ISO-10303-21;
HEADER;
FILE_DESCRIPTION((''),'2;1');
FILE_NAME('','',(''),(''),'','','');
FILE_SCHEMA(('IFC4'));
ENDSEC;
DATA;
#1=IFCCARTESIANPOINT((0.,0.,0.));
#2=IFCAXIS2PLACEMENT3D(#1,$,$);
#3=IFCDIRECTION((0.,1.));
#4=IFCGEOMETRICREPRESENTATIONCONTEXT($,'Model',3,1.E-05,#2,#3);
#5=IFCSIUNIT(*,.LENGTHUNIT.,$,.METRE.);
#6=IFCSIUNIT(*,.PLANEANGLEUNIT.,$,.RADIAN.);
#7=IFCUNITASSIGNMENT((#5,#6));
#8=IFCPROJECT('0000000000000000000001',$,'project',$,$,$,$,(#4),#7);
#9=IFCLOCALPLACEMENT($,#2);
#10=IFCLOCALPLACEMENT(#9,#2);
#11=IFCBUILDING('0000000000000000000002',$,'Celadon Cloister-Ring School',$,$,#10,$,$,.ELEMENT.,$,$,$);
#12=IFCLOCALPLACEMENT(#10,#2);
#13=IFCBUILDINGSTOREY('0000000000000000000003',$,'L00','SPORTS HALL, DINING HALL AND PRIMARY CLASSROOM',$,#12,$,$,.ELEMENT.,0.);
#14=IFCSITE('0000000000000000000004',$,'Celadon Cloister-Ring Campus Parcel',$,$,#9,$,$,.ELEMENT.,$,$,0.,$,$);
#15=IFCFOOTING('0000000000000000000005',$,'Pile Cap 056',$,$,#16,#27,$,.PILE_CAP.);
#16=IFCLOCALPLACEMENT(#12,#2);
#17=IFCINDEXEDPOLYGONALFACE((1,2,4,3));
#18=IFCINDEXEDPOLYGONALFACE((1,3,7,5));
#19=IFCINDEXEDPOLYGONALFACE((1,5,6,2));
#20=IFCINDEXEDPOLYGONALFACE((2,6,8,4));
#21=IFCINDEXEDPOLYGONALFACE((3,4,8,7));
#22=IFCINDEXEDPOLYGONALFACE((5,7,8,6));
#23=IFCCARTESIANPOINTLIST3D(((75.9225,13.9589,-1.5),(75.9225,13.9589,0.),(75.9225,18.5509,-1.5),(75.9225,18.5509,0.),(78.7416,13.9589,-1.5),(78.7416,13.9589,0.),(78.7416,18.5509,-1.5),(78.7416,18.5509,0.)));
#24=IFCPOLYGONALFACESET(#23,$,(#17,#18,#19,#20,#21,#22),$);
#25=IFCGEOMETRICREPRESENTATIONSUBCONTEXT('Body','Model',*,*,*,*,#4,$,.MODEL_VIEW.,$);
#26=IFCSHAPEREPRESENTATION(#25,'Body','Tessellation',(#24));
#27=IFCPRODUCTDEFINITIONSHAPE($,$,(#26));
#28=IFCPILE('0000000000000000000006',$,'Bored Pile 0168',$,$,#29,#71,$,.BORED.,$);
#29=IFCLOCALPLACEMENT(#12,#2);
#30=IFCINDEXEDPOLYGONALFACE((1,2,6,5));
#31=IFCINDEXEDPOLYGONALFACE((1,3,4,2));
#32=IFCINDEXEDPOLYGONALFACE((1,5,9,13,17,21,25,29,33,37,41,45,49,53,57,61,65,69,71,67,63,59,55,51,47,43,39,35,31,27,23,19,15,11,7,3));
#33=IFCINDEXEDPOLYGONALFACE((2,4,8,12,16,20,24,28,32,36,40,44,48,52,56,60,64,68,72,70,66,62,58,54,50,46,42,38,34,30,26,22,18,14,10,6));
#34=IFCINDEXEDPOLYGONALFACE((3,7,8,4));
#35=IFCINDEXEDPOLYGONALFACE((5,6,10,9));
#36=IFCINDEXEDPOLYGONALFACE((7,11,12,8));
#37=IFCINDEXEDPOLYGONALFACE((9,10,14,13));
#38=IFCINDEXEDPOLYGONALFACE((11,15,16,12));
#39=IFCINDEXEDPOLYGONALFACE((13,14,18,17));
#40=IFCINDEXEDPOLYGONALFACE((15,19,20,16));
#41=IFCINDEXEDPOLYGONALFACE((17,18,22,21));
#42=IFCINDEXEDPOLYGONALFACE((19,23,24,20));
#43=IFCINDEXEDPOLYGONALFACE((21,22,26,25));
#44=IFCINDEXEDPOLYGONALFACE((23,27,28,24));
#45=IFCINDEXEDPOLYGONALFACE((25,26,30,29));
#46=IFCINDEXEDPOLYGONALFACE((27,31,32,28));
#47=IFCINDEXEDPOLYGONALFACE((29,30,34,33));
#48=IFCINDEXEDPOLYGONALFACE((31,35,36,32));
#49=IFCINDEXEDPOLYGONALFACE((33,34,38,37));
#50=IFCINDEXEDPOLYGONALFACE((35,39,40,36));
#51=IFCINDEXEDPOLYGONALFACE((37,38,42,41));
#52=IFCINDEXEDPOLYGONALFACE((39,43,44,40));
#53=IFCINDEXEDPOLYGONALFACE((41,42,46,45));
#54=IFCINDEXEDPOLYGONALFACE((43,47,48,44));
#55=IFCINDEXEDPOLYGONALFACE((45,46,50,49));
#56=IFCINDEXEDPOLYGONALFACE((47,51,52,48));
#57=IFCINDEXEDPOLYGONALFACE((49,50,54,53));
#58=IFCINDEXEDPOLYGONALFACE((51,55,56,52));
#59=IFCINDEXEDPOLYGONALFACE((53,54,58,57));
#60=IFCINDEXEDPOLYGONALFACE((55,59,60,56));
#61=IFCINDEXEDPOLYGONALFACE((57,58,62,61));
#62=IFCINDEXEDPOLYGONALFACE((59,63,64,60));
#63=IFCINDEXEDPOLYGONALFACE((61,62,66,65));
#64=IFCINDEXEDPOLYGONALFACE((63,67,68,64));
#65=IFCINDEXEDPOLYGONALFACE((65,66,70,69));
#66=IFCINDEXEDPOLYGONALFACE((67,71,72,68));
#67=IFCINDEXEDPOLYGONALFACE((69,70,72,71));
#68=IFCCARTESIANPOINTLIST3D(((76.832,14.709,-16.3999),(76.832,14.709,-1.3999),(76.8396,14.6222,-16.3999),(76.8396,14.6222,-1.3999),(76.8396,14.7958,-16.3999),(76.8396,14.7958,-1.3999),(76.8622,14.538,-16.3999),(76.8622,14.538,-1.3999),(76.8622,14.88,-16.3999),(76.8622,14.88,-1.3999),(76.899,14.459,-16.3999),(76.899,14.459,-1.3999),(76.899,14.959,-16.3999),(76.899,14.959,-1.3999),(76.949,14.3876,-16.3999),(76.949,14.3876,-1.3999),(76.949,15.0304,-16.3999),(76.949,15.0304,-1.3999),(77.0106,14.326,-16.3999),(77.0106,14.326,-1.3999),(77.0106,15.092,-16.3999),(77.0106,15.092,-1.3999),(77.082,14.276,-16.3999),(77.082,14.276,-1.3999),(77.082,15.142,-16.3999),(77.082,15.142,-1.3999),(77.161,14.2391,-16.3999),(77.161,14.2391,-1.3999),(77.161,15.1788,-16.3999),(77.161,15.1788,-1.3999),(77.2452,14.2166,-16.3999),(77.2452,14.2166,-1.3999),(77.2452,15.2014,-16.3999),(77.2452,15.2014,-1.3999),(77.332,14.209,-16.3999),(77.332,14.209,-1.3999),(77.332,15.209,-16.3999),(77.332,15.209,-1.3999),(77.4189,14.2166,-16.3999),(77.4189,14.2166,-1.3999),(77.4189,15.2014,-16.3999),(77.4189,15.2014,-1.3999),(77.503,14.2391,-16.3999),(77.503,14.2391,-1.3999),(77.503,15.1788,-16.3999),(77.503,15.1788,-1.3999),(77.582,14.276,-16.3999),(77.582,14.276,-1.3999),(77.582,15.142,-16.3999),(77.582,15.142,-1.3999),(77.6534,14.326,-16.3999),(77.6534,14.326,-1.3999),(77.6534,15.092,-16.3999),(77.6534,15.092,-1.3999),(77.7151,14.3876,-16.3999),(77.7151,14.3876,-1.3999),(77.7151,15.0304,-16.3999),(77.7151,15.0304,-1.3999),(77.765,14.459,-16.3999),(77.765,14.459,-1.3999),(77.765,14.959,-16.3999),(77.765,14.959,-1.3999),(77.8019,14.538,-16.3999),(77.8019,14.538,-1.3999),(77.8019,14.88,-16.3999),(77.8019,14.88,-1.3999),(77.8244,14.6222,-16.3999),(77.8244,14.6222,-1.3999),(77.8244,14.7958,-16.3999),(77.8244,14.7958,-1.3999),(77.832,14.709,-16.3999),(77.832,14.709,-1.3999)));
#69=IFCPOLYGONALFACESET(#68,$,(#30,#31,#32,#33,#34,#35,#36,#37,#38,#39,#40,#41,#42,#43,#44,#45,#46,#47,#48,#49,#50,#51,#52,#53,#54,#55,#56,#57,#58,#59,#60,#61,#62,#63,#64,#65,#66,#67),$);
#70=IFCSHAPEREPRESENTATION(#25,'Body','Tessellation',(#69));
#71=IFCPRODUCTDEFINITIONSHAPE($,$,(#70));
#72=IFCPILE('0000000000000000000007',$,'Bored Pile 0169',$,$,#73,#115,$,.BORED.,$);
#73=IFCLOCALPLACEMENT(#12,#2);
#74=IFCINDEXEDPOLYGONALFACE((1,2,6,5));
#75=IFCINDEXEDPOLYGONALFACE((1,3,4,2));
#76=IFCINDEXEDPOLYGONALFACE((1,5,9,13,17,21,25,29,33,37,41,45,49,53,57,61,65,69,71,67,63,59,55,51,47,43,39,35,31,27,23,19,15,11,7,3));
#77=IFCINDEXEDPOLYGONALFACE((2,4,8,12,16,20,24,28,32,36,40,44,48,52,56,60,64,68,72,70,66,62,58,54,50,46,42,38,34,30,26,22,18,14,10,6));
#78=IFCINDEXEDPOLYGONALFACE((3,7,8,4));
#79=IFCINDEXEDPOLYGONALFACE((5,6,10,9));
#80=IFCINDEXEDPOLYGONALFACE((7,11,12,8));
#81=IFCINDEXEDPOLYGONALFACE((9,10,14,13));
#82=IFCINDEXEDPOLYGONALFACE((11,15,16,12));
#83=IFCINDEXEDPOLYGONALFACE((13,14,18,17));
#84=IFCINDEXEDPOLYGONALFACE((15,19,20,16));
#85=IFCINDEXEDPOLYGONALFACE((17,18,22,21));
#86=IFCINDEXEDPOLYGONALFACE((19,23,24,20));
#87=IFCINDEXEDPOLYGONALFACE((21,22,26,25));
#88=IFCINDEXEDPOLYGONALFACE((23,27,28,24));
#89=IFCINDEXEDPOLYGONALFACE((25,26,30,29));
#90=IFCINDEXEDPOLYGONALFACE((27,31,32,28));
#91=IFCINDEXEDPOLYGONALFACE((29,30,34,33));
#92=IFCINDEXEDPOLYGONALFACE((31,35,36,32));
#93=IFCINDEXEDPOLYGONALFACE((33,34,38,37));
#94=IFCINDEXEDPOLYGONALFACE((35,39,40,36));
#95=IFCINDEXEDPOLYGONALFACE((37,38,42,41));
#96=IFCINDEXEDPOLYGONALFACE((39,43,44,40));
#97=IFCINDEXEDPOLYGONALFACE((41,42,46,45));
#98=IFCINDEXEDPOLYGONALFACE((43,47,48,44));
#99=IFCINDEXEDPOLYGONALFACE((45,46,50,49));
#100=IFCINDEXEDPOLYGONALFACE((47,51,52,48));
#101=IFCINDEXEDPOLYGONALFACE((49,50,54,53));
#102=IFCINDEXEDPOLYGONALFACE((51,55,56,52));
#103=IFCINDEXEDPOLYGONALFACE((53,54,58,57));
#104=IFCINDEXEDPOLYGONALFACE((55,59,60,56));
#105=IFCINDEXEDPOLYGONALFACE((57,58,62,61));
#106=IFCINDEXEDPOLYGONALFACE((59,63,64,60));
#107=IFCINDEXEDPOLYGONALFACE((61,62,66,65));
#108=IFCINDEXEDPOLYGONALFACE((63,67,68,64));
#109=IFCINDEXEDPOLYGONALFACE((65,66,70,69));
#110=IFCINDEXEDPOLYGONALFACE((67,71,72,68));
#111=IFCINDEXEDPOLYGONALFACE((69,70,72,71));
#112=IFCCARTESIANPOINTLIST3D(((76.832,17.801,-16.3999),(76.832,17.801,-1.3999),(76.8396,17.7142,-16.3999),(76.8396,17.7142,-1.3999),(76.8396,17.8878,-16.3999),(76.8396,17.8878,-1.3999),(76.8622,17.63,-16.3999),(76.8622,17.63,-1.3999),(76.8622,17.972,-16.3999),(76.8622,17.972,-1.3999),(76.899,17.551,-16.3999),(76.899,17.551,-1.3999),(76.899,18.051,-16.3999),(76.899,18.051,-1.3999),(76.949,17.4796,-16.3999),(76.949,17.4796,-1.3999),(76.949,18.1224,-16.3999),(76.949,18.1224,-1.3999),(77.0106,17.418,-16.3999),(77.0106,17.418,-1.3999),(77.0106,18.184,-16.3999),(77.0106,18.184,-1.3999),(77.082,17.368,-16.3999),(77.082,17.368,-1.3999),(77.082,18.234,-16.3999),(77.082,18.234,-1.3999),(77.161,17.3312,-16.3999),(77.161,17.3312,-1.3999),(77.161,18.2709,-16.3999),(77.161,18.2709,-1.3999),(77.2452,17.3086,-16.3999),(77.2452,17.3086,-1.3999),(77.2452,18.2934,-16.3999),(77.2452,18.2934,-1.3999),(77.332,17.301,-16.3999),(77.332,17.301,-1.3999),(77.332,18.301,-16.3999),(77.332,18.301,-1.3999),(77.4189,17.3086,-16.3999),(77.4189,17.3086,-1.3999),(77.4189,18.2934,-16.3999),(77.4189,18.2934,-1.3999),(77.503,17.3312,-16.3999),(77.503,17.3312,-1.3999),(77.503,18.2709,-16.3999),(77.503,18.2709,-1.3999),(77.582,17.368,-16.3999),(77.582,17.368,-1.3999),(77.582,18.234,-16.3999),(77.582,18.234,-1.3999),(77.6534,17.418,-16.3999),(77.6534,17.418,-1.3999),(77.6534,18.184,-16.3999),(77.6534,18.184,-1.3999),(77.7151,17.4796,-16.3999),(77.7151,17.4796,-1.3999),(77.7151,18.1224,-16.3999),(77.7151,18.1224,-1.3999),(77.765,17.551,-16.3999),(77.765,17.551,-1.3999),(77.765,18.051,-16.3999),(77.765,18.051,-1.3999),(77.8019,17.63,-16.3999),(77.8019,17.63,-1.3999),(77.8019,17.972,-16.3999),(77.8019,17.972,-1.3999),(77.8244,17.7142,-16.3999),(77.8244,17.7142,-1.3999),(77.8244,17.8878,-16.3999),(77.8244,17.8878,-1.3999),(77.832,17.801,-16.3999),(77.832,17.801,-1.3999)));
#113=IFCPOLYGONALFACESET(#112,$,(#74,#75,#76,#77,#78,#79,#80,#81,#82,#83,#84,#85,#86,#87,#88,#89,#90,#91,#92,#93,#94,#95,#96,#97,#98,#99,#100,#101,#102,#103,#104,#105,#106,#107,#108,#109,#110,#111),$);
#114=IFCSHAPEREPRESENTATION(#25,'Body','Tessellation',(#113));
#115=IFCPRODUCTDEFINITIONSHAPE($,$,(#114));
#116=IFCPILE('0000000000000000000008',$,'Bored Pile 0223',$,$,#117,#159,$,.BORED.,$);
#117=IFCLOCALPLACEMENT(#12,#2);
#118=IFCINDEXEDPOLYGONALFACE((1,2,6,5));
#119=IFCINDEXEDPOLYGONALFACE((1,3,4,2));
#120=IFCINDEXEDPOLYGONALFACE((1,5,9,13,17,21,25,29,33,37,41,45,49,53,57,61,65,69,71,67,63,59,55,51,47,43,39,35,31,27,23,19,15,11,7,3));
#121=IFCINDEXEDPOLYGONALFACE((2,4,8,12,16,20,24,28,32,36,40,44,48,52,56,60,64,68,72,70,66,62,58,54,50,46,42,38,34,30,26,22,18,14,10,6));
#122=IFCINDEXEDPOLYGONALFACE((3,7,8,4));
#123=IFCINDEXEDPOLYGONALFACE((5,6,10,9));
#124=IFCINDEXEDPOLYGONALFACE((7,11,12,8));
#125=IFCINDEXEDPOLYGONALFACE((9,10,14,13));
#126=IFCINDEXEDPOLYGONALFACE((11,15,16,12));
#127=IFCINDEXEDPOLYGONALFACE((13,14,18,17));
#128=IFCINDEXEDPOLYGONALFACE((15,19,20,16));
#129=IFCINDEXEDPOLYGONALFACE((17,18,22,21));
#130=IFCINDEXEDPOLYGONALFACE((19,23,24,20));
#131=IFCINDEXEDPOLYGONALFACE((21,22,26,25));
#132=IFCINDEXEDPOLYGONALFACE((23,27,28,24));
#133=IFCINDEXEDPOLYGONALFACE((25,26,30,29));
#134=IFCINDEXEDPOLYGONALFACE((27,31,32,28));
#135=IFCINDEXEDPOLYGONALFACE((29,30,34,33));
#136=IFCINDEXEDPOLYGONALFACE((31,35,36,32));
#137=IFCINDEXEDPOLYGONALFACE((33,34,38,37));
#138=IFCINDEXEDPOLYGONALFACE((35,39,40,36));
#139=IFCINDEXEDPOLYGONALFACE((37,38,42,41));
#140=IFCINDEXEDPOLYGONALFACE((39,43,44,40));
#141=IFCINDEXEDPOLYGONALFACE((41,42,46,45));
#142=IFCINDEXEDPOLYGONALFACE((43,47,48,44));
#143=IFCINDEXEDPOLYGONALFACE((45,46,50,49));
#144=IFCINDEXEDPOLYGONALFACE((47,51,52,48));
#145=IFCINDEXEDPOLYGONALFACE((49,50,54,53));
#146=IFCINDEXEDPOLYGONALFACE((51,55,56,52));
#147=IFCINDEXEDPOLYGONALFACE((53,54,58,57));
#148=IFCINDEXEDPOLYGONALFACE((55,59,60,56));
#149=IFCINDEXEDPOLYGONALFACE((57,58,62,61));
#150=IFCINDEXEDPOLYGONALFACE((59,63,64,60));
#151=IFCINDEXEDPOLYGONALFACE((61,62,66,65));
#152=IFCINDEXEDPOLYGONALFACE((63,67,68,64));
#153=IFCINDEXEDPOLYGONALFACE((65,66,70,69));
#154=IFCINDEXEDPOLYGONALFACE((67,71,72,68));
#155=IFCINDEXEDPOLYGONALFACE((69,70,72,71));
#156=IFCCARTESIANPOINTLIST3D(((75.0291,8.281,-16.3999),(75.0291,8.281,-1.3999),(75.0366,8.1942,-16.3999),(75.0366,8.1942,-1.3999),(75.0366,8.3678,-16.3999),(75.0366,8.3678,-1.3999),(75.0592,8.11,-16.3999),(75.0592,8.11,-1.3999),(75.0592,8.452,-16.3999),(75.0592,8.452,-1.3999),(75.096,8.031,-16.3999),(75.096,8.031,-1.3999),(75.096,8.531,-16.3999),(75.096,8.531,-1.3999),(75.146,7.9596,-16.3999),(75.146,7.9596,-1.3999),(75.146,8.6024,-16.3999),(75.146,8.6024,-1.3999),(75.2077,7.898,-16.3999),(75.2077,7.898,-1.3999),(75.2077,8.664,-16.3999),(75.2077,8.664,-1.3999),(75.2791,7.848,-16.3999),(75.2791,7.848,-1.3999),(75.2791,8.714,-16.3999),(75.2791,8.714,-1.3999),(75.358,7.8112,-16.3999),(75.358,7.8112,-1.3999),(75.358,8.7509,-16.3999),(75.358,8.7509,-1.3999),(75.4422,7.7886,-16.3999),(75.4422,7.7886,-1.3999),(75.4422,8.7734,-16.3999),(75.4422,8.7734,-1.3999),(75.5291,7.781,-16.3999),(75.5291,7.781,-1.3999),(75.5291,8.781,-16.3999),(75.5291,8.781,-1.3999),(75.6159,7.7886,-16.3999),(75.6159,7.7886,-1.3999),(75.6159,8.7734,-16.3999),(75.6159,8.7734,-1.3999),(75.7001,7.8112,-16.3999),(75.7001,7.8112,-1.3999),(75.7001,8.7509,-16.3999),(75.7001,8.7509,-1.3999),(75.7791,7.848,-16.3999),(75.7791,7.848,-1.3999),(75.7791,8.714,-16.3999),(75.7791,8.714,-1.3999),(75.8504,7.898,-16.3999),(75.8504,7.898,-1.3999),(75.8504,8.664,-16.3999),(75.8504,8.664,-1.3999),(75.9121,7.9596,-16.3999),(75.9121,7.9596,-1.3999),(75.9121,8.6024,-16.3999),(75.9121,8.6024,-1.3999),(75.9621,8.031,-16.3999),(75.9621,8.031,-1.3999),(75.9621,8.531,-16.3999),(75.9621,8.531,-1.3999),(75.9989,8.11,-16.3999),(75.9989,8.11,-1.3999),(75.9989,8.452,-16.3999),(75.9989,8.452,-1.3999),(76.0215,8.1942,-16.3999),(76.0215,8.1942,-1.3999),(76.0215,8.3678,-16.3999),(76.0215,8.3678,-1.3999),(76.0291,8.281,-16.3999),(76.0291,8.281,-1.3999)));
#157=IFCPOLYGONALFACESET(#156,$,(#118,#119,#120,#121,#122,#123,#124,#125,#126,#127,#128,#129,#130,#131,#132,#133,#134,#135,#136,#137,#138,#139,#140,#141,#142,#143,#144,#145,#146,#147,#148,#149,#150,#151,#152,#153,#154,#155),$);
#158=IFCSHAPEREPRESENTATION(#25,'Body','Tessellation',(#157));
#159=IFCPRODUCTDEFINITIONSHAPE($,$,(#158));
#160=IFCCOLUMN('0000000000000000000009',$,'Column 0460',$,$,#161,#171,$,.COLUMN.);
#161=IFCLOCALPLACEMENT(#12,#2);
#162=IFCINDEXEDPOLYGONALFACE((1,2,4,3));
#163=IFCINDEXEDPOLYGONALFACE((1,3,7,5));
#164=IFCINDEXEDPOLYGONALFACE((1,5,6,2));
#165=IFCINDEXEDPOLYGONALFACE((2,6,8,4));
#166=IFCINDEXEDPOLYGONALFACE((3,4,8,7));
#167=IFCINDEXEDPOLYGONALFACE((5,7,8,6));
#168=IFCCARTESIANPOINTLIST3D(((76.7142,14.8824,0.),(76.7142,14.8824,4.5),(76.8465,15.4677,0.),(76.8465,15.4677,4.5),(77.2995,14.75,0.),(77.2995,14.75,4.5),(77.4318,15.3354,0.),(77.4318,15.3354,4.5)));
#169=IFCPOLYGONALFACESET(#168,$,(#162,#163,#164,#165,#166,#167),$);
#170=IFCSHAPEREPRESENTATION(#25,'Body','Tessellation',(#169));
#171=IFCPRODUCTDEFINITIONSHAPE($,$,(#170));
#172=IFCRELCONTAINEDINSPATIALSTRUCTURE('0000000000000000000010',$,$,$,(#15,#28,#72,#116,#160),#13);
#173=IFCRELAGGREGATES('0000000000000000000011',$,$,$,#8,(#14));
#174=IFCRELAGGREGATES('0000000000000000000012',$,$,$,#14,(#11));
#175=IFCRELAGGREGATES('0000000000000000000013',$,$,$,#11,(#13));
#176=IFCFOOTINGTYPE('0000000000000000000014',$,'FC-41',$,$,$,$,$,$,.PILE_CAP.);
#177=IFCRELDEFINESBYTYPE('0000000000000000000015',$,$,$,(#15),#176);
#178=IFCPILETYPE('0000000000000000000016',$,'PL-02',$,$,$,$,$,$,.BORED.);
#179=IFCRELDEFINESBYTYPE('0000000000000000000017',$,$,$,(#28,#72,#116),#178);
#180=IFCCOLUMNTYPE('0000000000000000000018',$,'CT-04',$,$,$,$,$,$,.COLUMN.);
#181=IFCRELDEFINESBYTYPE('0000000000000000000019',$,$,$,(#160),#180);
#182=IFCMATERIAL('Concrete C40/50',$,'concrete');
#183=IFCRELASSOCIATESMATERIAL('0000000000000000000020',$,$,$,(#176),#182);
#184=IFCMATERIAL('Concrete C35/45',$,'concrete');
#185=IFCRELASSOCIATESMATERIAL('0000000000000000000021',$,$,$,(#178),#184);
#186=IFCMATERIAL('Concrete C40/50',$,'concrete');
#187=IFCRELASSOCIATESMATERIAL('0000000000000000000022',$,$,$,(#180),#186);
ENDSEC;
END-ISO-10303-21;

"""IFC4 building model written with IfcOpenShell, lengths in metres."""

from ifc_helpers import new_model, si_unit, direction, frame, origin, origin_2d, place, context, subcontext, project, spatial, rectangle, circle, extrude, material, material_profile, profile_set, type_object, element, save


model = new_model("IFC4")

# Units and contexts
model_context = context("Model", 3, precision=1e-05, world=origin(), true_north=direction((0.0, 1.0)))
body_context = subcontext(model_context, "Body", "Model", "MODEL_VIEW")
ifc_project = project(units=[si_unit("LENGTHUNIT", "METRE"), si_unit("PLANEANGLEUNIT", "RADIAN")], contexts=[model_context])

# Site, building, storey
site_placement = place(None, origin())
site = spatial("IfcSite", under=ifc_project, at=site_placement, Name="Celadon Cloister-Ring Campus Parcel", CompositionType="ELEMENT", RefElevation=0.0)
building_placement = place(site_placement, origin())
building = spatial("IfcBuilding", under=site, at=building_placement, Name="Celadon Cloister-Ring School", CompositionType="ELEMENT")
storey_placement = place(building_placement, origin())
storey = spatial("IfcBuildingStorey", under=building, at=storey_placement, Name="L00", Description="SPORTS HALL, DINING HALL AND PRIMARY CLASSROOM", CompositionType="ELEMENT", Elevation=0.0)

# Footing
ifc_material_1 = material(Name="Concrete C40/50", Category="concrete")
footing_type = type_object("IfcFootingType", Name="FC-41", PredefinedType="PILE_CAP", material=ifc_material_1)
footing_placement = place(storey_placement, frame((77.332, 16.2549, -1.5), z_axis=(0.0, 0.0, 1.0), x_axis=(1.0, 0.0, 0.0)))
element("IfcFooting", 1, at=footing_placement, inside=storey, type_object=footing_type, Name="Pile Cap 056", PredefinedType="PILE_CAP", context=body_context, shape_type="SweptSolid", body=[
    extrude(rectangle(XDim=2.8191, YDim=4.592, at=origin_2d()), origin(), (0.0, 0.0, 1.0), 1.5),
])

# Piles
ifc_material_2 = material(Name="Concrete C35/45", Category="concrete")
ifc_material_profile_1 = material_profile(ifc_material_2, circle(Radius=0.5, at=origin_2d()), Name="PILE1000")
ifc_profile_set_1 = profile_set([ifc_material_profile_1], Name="Concrete C35/45")
pile_type = type_object("IfcPileType", Name="PL-02", PredefinedType="BORED", material=ifc_profile_set_1)
for number, where, z_axis, x_axis, name in (
    (2, (77.332, 14.709, -1.3999), (0.0, 0.0, -1.0), (1.0, 0.0, 0.0), "Bored Pile 0168"),
    (3, (77.332, 17.801, -1.3999), (0.0, 0.0, -1.0), (1.0, 0.0, 0.0), "Bored Pile 0169"),
    (4, (75.5291, 8.281, -1.3999), (0.0, 0.0, -1.0), (1.0, 0.0, 0.0), "Bored Pile 0223"),
):
    element("IfcPile", number, at=place(storey_placement, frame(where, z_axis=z_axis, x_axis=x_axis)), inside=storey, type_object=pile_type, Name=name, PredefinedType="BORED", context=body_context, shape_type="SweptSolid", body=[
        extrude(circle(Radius=0.5, at=origin_2d()), origin(), (0.0, 0.0, 1.0), 15.0),
    ])

# Column
ifc_material_3 = material(Name="Concrete C40/50", Category="concrete")
ifc_material_profile_2 = material_profile(ifc_material_3, rectangle(XDim=0.6001, YDim=0.6001, at=origin_2d()), Name="RC600X600")
ifc_profile_set_2 = profile_set([ifc_material_profile_2], Name="Concrete C40/50")
column_type_1 = type_object("IfcColumnType", Name="CT-04", PredefinedType="COLUMN", material=ifc_profile_set_2)
column_1_placement = place(storey_placement, frame((77.073, 15.1089, 0.0), z_axis=(0.0, 0.0, 1.0), x_axis=(-0.220595, -0.975365, 0.0)))
element("IfcColumn", 5, at=column_1_placement, inside=storey, type_object=column_type_1, Name="Column 0460", PredefinedType="COLUMN", context=body_context, shape_type="SweptSolid", body=[
    extrude(rectangle(XDim=0.6001, YDim=0.6001, at=origin_2d()), origin(), (0.0, 0.0, 1.0), 4.5),
])

save(model, "model.ifc")
